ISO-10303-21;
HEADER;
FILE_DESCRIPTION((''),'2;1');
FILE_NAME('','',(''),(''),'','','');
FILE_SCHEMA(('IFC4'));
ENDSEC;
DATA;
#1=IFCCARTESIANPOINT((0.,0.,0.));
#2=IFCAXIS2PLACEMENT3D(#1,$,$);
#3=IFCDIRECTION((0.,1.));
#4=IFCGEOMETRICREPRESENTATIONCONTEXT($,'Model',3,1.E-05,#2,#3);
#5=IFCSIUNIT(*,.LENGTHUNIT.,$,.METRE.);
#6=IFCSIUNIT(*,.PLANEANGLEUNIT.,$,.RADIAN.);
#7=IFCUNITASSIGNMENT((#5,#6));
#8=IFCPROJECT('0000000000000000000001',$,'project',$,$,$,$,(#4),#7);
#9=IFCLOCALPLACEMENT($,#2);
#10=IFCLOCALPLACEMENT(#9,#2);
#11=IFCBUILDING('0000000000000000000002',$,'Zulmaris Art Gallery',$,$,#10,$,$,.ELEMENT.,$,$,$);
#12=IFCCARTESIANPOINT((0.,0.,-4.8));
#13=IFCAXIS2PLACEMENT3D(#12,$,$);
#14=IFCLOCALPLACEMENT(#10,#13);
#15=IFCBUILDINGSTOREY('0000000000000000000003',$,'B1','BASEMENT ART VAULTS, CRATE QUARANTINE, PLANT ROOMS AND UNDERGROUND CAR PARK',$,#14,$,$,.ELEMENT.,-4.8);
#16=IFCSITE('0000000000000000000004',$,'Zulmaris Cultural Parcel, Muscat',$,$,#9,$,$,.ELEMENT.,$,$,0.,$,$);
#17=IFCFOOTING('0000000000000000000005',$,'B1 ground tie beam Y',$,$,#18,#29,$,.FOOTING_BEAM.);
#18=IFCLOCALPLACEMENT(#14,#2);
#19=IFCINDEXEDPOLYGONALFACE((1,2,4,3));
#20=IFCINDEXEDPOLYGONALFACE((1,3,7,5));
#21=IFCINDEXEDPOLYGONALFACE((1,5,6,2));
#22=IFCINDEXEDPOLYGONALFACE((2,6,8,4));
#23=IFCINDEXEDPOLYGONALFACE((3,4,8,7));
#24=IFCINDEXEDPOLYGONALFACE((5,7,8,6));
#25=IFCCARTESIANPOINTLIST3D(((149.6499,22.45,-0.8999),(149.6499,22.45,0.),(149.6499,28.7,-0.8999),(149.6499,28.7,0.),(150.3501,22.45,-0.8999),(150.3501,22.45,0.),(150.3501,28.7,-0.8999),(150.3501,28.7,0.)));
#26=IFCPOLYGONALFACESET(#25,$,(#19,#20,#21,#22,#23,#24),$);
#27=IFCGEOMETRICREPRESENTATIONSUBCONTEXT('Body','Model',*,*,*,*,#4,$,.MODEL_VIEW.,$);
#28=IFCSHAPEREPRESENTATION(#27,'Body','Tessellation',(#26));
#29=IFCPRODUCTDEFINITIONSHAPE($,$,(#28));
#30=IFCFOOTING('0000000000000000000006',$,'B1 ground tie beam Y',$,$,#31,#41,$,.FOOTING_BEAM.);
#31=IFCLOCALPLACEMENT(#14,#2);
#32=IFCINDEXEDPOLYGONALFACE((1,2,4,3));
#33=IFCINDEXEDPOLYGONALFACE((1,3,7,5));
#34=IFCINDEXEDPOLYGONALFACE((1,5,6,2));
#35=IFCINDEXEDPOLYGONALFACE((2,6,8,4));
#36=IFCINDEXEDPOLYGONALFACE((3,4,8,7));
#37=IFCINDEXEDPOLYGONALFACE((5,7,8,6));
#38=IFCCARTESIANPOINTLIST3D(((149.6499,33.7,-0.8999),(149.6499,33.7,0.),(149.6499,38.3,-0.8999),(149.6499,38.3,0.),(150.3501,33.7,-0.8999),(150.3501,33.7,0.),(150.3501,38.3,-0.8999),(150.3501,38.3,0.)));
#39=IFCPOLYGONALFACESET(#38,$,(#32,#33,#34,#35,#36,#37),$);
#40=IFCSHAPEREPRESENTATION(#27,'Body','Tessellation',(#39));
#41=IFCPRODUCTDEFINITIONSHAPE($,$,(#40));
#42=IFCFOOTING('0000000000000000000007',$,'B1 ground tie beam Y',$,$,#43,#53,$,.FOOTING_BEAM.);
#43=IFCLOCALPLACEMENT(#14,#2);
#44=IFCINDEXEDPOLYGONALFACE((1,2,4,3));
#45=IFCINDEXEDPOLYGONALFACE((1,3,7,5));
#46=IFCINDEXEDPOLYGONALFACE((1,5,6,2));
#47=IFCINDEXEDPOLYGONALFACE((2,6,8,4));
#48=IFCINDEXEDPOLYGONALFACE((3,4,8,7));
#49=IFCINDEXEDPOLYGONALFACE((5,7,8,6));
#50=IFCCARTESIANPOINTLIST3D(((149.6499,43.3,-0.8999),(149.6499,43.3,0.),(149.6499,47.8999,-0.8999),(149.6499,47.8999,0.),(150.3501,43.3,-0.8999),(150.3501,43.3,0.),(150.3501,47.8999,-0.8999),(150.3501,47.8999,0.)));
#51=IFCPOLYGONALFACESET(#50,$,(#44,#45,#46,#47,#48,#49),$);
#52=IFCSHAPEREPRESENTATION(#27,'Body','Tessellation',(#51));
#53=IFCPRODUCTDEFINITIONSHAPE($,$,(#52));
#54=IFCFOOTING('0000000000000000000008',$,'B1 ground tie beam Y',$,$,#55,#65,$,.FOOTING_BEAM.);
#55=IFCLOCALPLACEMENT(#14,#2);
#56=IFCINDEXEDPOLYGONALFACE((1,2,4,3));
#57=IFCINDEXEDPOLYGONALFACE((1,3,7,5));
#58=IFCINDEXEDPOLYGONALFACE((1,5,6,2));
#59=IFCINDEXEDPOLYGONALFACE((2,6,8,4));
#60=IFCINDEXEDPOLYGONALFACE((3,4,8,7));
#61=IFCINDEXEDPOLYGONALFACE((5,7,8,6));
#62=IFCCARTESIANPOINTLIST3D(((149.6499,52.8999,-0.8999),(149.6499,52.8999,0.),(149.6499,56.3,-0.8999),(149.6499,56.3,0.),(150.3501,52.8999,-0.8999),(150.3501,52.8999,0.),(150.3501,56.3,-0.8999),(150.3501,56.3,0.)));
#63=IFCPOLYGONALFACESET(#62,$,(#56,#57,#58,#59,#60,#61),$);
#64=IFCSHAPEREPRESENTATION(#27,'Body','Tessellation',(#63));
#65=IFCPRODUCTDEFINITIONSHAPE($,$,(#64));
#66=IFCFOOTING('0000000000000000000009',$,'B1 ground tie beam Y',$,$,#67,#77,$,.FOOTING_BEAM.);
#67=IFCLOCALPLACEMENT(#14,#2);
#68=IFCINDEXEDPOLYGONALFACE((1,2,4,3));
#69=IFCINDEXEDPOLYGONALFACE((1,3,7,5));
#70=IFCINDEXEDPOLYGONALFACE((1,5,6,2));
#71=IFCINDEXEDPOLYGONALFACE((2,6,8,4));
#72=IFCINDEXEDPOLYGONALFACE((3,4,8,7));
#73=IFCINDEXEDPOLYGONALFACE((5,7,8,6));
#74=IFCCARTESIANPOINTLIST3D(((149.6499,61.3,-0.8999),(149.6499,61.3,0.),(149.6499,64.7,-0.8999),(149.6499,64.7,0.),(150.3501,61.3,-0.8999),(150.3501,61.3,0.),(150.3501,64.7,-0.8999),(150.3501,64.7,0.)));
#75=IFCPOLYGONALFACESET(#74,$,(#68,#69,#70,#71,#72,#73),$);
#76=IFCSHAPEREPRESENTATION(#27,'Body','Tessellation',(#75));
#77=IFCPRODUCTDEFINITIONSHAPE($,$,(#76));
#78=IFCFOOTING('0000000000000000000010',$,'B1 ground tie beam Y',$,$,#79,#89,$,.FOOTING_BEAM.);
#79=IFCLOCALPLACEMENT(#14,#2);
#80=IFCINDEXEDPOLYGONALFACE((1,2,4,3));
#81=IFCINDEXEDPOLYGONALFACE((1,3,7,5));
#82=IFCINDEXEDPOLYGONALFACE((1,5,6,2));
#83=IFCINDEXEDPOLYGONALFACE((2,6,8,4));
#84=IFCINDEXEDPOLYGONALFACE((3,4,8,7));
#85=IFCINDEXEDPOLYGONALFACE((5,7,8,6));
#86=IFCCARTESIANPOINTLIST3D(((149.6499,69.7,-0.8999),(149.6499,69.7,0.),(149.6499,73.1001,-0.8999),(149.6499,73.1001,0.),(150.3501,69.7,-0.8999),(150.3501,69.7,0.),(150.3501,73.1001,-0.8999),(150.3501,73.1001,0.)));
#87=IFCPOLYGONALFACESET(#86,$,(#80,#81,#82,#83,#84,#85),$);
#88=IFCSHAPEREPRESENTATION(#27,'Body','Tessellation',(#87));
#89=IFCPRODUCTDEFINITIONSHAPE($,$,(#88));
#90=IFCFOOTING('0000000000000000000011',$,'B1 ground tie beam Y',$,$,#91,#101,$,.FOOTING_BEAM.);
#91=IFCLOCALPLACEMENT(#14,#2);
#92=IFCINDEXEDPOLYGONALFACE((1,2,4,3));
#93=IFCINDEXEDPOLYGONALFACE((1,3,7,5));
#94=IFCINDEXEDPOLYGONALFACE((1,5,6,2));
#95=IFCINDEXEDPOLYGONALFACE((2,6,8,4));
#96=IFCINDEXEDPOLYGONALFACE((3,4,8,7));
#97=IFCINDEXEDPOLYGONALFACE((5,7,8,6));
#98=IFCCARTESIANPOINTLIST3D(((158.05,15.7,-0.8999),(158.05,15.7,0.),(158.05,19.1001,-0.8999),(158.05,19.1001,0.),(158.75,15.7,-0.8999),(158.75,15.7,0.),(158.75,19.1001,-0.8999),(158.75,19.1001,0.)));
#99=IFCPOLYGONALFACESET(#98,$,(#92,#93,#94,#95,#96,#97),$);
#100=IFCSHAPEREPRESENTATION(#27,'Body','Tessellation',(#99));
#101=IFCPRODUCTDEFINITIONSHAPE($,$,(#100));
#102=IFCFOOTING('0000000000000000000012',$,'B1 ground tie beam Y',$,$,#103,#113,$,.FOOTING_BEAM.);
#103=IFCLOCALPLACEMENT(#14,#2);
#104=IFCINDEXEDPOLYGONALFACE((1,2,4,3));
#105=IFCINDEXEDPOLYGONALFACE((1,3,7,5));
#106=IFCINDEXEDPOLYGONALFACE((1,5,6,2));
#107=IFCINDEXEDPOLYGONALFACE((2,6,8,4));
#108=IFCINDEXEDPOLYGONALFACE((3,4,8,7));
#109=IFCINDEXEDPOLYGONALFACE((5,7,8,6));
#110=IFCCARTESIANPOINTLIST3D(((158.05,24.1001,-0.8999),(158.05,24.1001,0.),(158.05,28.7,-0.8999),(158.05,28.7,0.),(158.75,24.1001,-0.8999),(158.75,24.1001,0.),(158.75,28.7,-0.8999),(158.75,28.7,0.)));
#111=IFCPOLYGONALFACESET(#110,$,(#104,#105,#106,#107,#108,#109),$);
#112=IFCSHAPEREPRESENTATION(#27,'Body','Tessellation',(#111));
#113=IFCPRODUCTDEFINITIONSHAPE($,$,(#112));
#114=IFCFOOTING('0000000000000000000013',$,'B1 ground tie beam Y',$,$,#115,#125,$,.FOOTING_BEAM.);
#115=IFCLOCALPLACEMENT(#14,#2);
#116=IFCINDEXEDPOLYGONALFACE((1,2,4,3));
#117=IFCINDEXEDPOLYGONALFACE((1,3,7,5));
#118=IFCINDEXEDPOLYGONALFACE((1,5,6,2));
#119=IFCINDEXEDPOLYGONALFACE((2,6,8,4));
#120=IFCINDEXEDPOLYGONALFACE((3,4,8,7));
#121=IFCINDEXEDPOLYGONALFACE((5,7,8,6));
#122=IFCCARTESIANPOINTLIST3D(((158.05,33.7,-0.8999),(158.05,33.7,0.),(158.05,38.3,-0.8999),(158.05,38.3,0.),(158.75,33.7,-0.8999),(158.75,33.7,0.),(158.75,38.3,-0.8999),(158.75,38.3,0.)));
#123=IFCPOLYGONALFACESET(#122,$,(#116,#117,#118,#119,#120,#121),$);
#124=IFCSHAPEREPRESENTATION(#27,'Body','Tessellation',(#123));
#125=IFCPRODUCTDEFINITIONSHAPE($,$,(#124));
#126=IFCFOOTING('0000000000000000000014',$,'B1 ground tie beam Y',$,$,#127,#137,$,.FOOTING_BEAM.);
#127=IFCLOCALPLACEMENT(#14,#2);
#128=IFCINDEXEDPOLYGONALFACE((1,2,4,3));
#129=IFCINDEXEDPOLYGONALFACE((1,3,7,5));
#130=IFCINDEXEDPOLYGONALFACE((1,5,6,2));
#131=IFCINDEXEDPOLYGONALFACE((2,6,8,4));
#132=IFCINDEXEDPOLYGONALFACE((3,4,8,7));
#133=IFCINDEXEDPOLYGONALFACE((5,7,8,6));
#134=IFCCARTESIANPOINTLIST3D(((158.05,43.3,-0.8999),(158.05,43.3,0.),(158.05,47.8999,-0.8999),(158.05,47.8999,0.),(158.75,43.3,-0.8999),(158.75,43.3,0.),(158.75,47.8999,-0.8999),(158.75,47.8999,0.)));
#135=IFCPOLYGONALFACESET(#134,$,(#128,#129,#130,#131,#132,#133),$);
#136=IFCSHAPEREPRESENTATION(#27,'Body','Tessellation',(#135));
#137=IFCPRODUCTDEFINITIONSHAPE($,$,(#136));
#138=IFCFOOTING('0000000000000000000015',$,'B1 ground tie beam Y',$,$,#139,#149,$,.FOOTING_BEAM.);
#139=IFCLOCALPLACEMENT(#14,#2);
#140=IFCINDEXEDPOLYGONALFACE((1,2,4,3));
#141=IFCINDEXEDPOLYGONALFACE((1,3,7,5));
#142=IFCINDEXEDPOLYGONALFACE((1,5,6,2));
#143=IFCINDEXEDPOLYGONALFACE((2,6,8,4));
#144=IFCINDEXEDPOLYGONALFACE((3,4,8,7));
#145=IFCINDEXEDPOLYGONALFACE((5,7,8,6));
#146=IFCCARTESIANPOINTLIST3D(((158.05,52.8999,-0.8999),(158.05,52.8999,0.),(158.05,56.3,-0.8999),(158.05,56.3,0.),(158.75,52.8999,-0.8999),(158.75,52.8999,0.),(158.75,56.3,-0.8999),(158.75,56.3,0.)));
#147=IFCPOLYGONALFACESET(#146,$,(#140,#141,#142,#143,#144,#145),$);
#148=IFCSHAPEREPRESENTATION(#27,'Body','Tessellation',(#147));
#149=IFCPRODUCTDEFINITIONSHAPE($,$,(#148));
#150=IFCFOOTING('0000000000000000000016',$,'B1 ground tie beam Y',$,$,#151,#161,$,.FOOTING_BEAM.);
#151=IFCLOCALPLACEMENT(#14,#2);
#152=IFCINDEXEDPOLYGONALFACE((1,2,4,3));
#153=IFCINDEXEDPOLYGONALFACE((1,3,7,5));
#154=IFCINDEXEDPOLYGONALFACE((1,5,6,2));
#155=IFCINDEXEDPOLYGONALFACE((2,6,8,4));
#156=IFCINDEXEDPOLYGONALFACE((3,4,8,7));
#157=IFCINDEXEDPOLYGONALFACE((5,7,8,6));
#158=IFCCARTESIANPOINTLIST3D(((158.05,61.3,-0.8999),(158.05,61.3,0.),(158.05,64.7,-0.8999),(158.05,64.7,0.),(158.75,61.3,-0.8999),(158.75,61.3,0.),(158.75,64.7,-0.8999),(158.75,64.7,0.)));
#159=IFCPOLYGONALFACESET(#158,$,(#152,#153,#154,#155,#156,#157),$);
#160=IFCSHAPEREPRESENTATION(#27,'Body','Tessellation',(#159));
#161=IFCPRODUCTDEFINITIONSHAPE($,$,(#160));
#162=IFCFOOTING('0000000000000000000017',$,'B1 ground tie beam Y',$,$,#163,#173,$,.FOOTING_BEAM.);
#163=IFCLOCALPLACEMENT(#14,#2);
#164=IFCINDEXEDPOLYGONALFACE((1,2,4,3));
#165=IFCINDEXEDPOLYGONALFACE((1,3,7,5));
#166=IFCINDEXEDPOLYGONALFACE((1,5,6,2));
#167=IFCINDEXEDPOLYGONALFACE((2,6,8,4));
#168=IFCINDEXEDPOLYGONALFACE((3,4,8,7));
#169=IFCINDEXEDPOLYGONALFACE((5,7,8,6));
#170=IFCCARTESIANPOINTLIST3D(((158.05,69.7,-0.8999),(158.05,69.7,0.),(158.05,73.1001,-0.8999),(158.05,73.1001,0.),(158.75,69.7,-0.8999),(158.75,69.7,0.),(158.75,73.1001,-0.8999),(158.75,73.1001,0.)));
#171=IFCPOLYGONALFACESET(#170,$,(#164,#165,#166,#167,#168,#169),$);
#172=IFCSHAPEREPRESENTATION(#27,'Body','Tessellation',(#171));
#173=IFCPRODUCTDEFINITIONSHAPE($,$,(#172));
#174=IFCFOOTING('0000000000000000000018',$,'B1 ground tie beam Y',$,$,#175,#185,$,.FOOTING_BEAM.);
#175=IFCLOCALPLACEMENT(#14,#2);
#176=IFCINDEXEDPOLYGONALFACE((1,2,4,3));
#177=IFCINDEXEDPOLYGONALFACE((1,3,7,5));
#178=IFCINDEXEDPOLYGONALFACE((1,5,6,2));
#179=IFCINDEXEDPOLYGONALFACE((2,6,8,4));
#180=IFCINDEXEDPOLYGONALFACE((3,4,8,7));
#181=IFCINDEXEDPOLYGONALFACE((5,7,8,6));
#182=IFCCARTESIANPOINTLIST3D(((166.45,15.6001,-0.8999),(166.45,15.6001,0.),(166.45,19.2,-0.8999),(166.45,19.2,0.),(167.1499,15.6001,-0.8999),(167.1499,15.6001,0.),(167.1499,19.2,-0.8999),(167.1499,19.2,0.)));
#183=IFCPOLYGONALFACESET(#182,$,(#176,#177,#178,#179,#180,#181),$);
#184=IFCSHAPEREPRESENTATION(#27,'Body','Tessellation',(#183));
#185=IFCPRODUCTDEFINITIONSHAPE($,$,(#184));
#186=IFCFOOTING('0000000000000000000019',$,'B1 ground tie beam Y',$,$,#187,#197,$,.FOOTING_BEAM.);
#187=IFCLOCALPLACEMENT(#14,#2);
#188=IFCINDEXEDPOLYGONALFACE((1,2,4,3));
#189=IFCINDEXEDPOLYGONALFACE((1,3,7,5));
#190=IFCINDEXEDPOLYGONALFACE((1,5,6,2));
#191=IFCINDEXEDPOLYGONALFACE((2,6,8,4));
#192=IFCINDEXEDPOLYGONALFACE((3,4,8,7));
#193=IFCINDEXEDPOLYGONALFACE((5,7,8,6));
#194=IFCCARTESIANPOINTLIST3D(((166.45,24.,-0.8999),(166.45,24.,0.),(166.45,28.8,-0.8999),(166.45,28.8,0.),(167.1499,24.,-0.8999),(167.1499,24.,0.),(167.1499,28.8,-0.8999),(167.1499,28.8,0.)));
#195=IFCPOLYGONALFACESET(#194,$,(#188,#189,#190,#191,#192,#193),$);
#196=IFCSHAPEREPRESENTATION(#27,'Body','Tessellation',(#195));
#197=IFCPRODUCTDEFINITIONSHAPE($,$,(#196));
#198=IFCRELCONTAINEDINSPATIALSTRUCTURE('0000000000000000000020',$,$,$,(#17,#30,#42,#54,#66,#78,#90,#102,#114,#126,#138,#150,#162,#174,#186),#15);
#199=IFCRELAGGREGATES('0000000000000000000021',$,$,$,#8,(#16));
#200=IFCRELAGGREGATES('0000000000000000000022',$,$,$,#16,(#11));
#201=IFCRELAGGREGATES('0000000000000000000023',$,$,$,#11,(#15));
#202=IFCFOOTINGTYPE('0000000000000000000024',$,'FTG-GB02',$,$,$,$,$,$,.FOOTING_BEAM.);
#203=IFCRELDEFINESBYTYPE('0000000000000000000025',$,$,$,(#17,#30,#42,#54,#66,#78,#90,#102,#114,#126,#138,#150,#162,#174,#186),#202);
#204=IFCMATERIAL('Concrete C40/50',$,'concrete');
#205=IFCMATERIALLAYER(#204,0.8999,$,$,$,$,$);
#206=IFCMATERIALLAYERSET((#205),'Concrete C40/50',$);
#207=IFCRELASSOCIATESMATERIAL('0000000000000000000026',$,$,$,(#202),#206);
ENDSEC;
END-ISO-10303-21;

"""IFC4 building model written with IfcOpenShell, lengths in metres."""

from ifc_helpers import new_model, si_unit, direction, frame, origin, place, context, subcontext, project, spatial, polyline, outline, extrude, material, layer, layer_set, type_object, element, save


model = new_model("IFC4")

# Units and contexts
model_context = context("Model", 3, precision=1e-05, world=origin(), true_north=direction((0.0, 1.0)))
body_context = subcontext(model_context, "Body", "Model", "MODEL_VIEW")
ifc_project = project(units=[si_unit("LENGTHUNIT", "METRE"), si_unit("PLANEANGLEUNIT", "RADIAN")], contexts=[model_context])

# Site, building, storey
site_placement = place(None, origin())
site = spatial("IfcSite", under=ifc_project, at=site_placement, Name="Zulmaris Cultural Parcel, Muscat", CompositionType="ELEMENT", RefElevation=0.0)
building_placement = place(site_placement, origin())
building = spatial("IfcBuilding", under=site, at=building_placement, Name="Zulmaris Art Gallery", CompositionType="ELEMENT")
storey_placement = place(building_placement, frame((0.0, 0.0, -4.8)))
storey = spatial("IfcBuildingStorey", under=building, at=storey_placement, Name="B1", Description="BASEMENT ART VAULTS, CRATE QUARANTINE, PLANT ROOMS AND UNDERGROUND CAR PARK", CompositionType="ELEMENT", Elevation=-4.8)

# Footings
ifc_material = material(Name="Concrete C40/50", Category="concrete")
ifc_layer = layer(ifc_material, 0.8999)
ifc_layer_set = layer_set([ifc_layer], Name="Concrete C40/50")
footing_type = type_object("IfcFootingType", Name="FTG-GB02", PredefinedType="FOOTING_BEAM", material=ifc_layer_set)
footing_1_placement = place(storey_placement, frame((0.0, 0.0, -0.8999)))
element("IfcFooting", 1, at=footing_1_placement, inside=storey, type_object=footing_type, Name="B1 ground tie beam Y", PredefinedType="FOOTING_BEAM", context=body_context, shape_type="SweptSolid", body=[
    extrude(outline(polyline([(149.6499, 22.45), (150.3501, 22.45), (150.3501, 28.7), (149.6499, 28.7), (149.6499, 22.45)])), origin(), (0.0, 0.0, 1.0), 0.8999),
])
footing_2_placement = place(storey_placement, frame((0.0, 0.0, -0.8999)))
element("IfcFooting", 2, at=footing_2_placement, inside=storey, type_object=footing_type, Name="B1 ground tie beam Y", PredefinedType="FOOTING_BEAM", context=body_context, shape_type="SweptSolid", body=[
    extrude(outline(polyline([(149.6499, 33.7), (150.3501, 33.7), (150.3501, 38.3), (149.6499, 38.3), (149.6499, 33.7)])), origin(), (0.0, 0.0, 1.0), 0.8999),
])
footing_3_placement = place(storey_placement, frame((0.0, 0.0, -0.8999)))
element("IfcFooting", 3, at=footing_3_placement, inside=storey, type_object=footing_type, Name="B1 ground tie beam Y", PredefinedType="FOOTING_BEAM", context=body_context, shape_type="SweptSolid", body=[
    extrude(outline(polyline([(149.6499, 43.3), (150.3501, 43.3), (150.3501, 47.8999), (149.6499, 47.8999), (149.6499, 43.3)])), origin(), (0.0, 0.0, 1.0), 0.8999),
])
footing_4_placement = place(storey_placement, frame((0.0, 0.0, -0.8999)))
element("IfcFooting", 4, at=footing_4_placement, inside=storey, type_object=footing_type, Name="B1 ground tie beam Y", PredefinedType="FOOTING_BEAM", context=body_context, shape_type="SweptSolid", body=[
    extrude(outline(polyline([(149.6499, 52.8999), (150.3501, 52.8999), (150.3501, 56.3), (149.6499, 56.3), (149.6499, 52.8999)])), origin(), (0.0, 0.0, 1.0), 0.8999),
])
footing_5_placement = place(storey_placement, frame((0.0, 0.0, -0.8999)))
element("IfcFooting", 5, at=footing_5_placement, inside=storey, type_object=footing_type, Name="B1 ground tie beam Y", PredefinedType="FOOTING_BEAM", context=body_context, shape_type="SweptSolid", body=[
    extrude(outline(polyline([(149.6499, 61.3), (150.3501, 61.3), (150.3501, 64.7), (149.6499, 64.7), (149.6499, 61.3)])), origin(), (0.0, 0.0, 1.0), 0.8999),
])
footing_6_placement = place(storey_placement, frame((0.0, 0.0, -0.8999)))
element("IfcFooting", 6, at=footing_6_placement, inside=storey, type_object=footing_type, Name="B1 ground tie beam Y", PredefinedType="FOOTING_BEAM", context=body_context, shape_type="SweptSolid", body=[
    extrude(outline(polyline([(149.6499, 69.7), (150.3501, 69.7), (150.3501, 73.1001), (149.6499, 73.1001), (149.6499, 69.7)])), origin(), (0.0, 0.0, 1.0), 0.8999),
])
footing_7_placement = place(storey_placement, frame((0.0, 0.0, -0.8999)))
element("IfcFooting", 7, at=footing_7_placement, inside=storey, type_object=footing_type, Name="B1 ground tie beam Y", PredefinedType="FOOTING_BEAM", context=body_context, shape_type="SweptSolid", body=[
    extrude(outline(polyline([(158.05, 15.7), (158.75, 15.7), (158.75, 19.1001), (158.05, 19.1001), (158.05, 15.7)])), origin(), (0.0, 0.0, 1.0), 0.8999),
])
footing_8_placement = place(storey_placement, frame((0.0, 0.0, -0.8999)))
element("IfcFooting", 8, at=footing_8_placement, inside=storey, type_object=footing_type, Name="B1 ground tie beam Y", PredefinedType="FOOTING_BEAM", context=body_context, shape_type="SweptSolid", body=[
    extrude(outline(polyline([(158.05, 24.1001), (158.75, 24.1001), (158.75, 28.7), (158.05, 28.7), (158.05, 24.1001)])), origin(), (0.0, 0.0, 1.0), 0.8999),
])
footing_9_placement = place(storey_placement, frame((0.0, 0.0, -0.8999)))
element("IfcFooting", 9, at=footing_9_placement, inside=storey, type_object=footing_type, Name="B1 ground tie beam Y", PredefinedType="FOOTING_BEAM", context=body_context, shape_type="SweptSolid", body=[
    extrude(outline(polyline([(158.05, 33.7), (158.75, 33.7), (158.75, 38.3), (158.05, 38.3), (158.05, 33.7)])), origin(), (0.0, 0.0, 1.0), 0.8999),
])
footing_10_placement = place(storey_placement, frame((0.0, 0.0, -0.8999)))
element("IfcFooting", 10, at=footing_10_placement, inside=storey, type_object=footing_type, Name="B1 ground tie beam Y", PredefinedType="FOOTING_BEAM", context=body_context, shape_type="SweptSolid", body=[
    extrude(outline(polyline([(158.05, 43.3), (158.75, 43.3), (158.75, 47.8999), (158.05, 47.8999), (158.05, 43.3)])), origin(), (0.0, 0.0, 1.0), 0.8999),
])
footing_11_placement = place(storey_placement, frame((0.0, 0.0, -0.8999)))
element("IfcFooting", 11, at=footing_11_placement, inside=storey, type_object=footing_type, Name="B1 ground tie beam Y", PredefinedType="FOOTING_BEAM", context=body_context, shape_type="SweptSolid", body=[
    extrude(outline(polyline([(158.05, 52.8999), (158.75, 52.8999), (158.75, 56.3), (158.05, 56.3), (158.05, 52.8999)])), origin(), (0.0, 0.0, 1.0), 0.8999),
])
footing_12_placement = place(storey_placement, frame((0.0, 0.0, -0.8999)))
element("IfcFooting", 12, at=footing_12_placement, inside=storey, type_object=footing_type, Name="B1 ground tie beam Y", PredefinedType="FOOTING_BEAM", context=body_context, shape_type="SweptSolid", body=[
    extrude(outline(polyline([(158.05, 61.3), (158.75, 61.3), (158.75, 64.7), (158.05, 64.7), (158.05, 61.3)])), origin(), (0.0, 0.0, 1.0), 0.8999),
])
footing_13_placement = place(storey_placement, frame((0.0, 0.0, -0.8999)))
element("IfcFooting", 13, at=footing_13_placement, inside=storey, type_object=footing_type, Name="B1 ground tie beam Y", PredefinedType="FOOTING_BEAM", context=body_context, shape_type="SweptSolid", body=[
    extrude(outline(polyline([(158.05, 69.7), (158.75, 69.7), (158.75, 73.1001), (158.05, 73.1001), (158.05, 69.7)])), origin(), (0.0, 0.0, 1.0), 0.8999),
])
footing_14_placement = place(storey_placement, frame((0.0, 0.0, -0.8999)))
element("IfcFooting", 14, at=footing_14_placement, inside=storey, type_object=footing_type, Name="B1 ground tie beam Y", PredefinedType="FOOTING_BEAM", context=body_context, shape_type="SweptSolid", body=[
    extrude(outline(polyline([(166.45, 15.6001), (167.1499, 15.6001), (167.1499, 19.2), (166.45, 19.2), (166.45, 15.6001)])), origin(), (0.0, 0.0, 1.0), 0.8999),
])
footing_15_placement = place(storey_placement, frame((0.0, 0.0, -0.8999)))
element("IfcFooting", 15, at=footing_15_placement, inside=storey, type_object=footing_type, Name="B1 ground tie beam Y", PredefinedType="FOOTING_BEAM", context=body_context, shape_type="SweptSolid", body=[
    extrude(outline(polyline([(166.45, 24.0), (167.1499, 24.0), (167.1499, 28.8), (166.45, 28.8), (166.45, 24.0)])), origin(), (0.0, 0.0, 1.0), 0.8999),
])

save(model, "model.ifc")
